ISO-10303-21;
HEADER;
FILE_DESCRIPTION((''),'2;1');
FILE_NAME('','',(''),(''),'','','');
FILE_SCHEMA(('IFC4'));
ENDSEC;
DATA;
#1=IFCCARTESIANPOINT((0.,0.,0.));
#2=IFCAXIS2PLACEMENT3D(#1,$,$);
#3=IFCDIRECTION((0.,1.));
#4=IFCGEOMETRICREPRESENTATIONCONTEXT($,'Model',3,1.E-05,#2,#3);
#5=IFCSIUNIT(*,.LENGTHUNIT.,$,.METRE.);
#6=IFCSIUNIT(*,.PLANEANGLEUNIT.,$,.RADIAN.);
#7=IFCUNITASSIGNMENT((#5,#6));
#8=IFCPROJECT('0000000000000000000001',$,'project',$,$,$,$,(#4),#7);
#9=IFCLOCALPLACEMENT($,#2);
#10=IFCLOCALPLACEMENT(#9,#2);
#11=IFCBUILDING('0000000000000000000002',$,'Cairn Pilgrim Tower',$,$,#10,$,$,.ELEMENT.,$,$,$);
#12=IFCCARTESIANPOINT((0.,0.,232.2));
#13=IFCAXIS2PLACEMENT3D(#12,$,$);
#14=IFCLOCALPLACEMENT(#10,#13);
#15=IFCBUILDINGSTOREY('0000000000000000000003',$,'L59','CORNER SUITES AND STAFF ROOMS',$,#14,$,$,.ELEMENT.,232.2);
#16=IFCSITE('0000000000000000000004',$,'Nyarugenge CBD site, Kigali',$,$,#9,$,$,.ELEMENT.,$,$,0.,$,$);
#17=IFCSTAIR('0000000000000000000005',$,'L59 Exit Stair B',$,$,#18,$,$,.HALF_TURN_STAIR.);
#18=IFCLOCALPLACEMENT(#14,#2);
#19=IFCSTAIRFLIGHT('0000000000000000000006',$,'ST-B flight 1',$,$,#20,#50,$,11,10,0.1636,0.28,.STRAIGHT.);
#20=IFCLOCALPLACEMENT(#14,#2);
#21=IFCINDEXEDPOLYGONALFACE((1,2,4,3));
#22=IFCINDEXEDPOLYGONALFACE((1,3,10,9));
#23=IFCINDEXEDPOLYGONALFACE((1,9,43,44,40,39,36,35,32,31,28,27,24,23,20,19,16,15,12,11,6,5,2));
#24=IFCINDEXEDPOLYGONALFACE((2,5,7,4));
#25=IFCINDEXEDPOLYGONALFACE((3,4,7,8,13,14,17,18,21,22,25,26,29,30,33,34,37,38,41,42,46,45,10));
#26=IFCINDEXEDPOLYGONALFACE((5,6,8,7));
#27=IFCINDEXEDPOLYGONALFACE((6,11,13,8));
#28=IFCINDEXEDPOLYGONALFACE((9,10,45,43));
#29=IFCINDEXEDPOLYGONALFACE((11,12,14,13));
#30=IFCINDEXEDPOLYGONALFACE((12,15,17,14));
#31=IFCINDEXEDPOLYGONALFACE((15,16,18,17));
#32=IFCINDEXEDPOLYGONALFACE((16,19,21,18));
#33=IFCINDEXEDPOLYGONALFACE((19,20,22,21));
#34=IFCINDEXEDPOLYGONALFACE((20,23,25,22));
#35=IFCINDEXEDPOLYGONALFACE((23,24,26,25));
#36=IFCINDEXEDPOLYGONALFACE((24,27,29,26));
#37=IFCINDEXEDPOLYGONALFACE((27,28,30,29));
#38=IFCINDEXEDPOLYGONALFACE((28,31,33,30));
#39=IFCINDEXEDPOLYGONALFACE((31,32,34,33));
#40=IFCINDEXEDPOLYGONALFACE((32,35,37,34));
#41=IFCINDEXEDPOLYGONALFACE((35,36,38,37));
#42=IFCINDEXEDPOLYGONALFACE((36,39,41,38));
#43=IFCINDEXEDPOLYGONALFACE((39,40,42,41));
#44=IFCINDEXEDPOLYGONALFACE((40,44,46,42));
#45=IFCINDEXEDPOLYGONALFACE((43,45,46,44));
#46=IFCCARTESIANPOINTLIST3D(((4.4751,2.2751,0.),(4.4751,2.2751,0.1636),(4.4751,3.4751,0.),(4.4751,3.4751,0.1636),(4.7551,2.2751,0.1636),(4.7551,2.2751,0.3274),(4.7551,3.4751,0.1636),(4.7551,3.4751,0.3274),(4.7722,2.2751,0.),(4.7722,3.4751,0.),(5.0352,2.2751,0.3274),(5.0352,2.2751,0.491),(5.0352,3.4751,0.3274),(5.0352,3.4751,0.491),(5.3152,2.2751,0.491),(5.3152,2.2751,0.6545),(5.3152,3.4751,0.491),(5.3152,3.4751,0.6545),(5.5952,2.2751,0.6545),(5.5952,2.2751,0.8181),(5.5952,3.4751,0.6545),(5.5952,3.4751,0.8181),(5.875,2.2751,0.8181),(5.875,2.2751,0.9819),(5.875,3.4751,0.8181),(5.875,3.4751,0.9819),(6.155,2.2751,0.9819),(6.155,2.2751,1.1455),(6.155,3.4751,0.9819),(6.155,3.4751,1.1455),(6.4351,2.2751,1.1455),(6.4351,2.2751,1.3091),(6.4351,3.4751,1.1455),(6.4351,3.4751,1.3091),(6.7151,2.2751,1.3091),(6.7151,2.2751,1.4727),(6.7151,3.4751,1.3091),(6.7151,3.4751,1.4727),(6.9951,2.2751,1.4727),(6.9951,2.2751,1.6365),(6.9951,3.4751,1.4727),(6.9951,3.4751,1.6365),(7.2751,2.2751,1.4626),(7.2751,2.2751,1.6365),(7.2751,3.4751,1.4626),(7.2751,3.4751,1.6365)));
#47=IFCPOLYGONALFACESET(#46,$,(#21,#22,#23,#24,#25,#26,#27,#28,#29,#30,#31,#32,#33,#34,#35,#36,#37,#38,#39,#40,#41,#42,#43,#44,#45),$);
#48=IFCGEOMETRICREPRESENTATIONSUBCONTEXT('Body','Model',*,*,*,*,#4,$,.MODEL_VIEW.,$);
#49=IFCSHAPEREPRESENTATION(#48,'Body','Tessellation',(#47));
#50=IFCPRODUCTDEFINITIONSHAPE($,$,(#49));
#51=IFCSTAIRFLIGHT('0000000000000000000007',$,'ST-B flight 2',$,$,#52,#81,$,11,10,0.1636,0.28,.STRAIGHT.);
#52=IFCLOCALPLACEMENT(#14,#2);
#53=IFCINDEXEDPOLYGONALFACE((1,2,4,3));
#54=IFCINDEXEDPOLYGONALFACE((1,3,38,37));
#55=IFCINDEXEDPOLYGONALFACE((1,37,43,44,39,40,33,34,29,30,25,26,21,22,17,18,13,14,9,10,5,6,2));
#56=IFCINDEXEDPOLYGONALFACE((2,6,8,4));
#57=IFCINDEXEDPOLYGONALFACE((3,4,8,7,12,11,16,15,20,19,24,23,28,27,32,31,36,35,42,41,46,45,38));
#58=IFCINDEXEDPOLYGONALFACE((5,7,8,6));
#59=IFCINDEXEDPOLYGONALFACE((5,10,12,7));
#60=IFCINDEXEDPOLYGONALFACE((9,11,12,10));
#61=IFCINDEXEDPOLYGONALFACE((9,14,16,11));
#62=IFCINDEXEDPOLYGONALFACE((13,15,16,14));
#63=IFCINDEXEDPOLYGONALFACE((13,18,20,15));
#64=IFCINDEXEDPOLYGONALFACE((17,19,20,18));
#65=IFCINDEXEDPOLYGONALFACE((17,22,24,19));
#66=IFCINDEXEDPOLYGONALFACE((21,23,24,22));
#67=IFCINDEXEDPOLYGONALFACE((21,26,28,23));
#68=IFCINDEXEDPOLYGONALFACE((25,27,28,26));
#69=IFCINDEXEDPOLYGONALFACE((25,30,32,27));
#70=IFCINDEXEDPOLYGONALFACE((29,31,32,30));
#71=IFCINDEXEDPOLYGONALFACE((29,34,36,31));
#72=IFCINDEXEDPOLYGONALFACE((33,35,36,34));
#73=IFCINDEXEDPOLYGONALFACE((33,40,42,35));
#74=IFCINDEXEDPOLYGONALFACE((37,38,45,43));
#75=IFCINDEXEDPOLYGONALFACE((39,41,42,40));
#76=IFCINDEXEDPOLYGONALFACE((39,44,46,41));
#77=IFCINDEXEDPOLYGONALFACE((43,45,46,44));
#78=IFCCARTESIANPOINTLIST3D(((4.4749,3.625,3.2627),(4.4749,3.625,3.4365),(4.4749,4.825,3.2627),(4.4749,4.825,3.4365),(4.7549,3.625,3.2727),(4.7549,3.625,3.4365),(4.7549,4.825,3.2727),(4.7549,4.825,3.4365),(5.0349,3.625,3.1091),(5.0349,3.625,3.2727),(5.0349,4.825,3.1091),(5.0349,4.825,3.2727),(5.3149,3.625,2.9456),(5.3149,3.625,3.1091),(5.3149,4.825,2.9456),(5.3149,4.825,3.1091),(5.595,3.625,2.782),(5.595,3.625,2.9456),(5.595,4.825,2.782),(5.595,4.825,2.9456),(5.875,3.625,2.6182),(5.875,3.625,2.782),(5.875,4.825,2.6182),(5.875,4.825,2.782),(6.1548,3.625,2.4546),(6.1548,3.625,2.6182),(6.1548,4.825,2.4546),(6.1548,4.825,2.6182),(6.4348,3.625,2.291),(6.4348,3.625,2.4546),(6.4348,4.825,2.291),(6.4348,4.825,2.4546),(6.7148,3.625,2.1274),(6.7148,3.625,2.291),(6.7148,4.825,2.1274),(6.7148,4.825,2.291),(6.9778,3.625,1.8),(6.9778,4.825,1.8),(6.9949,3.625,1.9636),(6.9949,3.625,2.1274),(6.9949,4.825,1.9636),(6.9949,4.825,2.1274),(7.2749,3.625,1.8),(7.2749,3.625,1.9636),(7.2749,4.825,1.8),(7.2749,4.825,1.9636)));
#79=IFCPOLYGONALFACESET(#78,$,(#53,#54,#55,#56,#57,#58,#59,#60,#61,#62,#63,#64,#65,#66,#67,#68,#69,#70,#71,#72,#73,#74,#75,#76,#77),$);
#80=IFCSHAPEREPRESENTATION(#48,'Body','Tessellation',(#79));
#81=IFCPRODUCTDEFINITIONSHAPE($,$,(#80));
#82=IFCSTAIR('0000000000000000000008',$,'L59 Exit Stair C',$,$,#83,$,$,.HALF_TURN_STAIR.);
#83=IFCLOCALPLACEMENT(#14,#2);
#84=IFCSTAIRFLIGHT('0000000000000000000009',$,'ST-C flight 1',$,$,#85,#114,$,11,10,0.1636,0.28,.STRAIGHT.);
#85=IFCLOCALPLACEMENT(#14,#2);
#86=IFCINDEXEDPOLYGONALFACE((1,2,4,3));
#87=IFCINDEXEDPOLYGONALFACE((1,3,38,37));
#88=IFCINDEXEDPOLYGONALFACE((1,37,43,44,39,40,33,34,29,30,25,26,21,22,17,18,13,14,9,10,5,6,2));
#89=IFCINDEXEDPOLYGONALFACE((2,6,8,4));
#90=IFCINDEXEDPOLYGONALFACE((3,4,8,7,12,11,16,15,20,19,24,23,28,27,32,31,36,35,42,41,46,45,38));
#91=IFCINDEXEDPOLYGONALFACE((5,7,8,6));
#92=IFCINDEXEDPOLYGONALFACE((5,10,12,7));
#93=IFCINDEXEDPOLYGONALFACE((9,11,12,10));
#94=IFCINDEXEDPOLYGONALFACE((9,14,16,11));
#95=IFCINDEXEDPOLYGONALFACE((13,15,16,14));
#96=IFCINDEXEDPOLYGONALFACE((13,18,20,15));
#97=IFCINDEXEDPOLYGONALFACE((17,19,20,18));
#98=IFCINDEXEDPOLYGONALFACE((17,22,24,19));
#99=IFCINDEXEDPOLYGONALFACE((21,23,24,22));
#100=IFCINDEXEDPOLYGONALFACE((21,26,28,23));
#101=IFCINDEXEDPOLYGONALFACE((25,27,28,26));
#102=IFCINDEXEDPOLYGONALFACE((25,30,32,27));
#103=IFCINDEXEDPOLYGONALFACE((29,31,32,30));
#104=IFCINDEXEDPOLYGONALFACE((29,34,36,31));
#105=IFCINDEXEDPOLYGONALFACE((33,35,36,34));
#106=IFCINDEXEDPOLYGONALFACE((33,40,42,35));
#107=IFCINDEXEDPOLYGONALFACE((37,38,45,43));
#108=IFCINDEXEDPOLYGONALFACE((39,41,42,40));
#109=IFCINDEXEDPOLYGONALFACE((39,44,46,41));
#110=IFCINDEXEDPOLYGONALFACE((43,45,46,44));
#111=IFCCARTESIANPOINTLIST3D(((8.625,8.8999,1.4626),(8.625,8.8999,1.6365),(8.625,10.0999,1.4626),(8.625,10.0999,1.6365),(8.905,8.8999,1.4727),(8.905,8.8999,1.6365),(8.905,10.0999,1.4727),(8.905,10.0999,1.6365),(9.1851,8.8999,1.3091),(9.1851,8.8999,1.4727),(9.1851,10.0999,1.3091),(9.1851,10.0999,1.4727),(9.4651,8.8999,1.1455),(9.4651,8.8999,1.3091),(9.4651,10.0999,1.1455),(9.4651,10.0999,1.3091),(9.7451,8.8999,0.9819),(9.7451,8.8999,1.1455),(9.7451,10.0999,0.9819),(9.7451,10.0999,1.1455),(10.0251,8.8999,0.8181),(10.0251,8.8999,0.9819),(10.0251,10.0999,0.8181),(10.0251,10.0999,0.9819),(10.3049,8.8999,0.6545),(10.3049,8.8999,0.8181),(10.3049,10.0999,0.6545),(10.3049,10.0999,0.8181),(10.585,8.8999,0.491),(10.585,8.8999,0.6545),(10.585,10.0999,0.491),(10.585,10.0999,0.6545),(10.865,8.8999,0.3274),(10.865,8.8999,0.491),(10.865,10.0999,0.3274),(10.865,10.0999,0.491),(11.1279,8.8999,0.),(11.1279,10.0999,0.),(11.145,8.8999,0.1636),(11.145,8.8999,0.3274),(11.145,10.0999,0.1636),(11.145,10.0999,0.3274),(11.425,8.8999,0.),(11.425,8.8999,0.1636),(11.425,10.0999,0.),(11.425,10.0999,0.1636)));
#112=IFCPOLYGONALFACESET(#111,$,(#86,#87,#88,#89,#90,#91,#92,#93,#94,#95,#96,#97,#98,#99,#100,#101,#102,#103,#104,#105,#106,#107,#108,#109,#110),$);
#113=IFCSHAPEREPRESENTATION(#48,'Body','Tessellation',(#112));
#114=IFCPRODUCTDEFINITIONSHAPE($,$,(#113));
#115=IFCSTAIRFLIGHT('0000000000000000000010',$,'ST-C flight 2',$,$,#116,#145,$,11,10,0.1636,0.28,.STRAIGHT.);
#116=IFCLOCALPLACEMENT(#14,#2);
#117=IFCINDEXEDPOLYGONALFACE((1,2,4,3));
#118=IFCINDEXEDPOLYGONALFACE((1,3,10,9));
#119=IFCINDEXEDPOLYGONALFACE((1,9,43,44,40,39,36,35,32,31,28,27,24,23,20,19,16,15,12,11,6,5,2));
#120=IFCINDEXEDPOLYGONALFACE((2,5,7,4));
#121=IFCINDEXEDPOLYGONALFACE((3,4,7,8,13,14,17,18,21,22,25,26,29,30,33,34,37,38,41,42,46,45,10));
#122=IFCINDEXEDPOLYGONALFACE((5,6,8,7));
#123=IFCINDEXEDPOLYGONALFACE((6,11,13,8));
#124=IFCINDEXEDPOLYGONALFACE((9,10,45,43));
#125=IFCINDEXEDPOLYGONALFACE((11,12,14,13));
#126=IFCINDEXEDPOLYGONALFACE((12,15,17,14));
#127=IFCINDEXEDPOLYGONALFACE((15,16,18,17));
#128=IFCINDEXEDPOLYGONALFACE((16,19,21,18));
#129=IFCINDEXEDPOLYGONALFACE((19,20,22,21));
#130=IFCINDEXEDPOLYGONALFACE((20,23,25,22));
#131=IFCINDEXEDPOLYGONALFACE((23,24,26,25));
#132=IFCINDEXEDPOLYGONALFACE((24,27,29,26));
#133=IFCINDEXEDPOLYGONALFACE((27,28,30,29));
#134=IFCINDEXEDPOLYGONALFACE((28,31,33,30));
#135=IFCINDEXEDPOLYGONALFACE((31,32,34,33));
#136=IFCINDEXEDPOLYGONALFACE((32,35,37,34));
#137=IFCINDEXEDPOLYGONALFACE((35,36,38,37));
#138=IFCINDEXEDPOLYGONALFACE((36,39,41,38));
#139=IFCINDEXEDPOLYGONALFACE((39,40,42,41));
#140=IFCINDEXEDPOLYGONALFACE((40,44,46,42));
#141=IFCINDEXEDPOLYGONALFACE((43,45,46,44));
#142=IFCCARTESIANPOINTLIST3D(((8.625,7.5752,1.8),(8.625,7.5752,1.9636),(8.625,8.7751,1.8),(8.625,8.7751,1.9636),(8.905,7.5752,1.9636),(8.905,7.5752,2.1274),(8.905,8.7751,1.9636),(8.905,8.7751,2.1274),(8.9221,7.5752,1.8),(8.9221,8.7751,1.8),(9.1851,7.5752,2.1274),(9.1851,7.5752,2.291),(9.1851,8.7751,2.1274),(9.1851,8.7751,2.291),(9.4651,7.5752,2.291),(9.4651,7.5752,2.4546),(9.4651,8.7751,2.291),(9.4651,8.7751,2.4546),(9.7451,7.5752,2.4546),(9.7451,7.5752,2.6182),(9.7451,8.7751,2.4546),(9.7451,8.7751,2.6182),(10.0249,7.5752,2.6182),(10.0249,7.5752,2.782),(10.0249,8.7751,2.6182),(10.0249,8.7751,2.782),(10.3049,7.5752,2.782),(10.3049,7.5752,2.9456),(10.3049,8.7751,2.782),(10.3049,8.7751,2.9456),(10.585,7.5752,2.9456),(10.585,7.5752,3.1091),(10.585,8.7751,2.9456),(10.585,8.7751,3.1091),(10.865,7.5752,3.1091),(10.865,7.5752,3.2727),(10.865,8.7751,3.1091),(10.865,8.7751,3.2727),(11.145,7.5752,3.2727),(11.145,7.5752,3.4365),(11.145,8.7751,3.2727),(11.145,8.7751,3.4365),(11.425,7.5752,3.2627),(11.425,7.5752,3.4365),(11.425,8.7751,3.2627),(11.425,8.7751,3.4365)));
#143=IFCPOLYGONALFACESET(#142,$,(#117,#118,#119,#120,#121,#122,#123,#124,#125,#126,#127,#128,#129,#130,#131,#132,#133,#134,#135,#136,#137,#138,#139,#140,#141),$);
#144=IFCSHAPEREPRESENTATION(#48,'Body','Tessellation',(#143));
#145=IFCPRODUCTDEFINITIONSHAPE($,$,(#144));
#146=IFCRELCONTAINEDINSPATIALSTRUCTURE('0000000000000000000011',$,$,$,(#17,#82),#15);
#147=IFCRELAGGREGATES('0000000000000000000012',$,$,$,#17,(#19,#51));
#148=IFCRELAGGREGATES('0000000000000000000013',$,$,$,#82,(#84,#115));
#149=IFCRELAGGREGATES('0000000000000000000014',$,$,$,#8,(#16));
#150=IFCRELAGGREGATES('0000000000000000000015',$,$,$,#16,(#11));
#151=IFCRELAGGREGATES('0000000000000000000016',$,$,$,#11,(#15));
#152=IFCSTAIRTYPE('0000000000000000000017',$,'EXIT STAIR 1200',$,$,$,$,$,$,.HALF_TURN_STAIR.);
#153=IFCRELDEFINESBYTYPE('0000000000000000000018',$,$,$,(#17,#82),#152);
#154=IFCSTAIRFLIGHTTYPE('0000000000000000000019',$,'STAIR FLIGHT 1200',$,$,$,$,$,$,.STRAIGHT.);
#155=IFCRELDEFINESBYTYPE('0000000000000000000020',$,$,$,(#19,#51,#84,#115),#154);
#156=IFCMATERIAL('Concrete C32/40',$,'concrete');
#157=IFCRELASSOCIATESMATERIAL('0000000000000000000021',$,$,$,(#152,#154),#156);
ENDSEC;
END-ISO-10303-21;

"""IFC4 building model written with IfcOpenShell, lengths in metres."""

from ifc_helpers import new_model, si_unit, direction, frame, origin, place, context, subcontext, project, spatial, polyline, outline, extrude, material, type_object, element, aggregate, save


model = new_model("IFC4")

# Units and contexts
model_context = context("Model", 3, precision=1e-05, world=origin(), true_north=direction((0.0, 1.0)))
body_context = subcontext(model_context, "Body", "Model", "MODEL_VIEW")
ifc_project = project(units=[si_unit("LENGTHUNIT", "METRE"), si_unit("PLANEANGLEUNIT", "RADIAN")], contexts=[model_context])

# Site, building, storey
site_placement = place(None, origin())
site = spatial("IfcSite", under=ifc_project, at=site_placement, Name="Nyarugenge CBD site, Kigali", CompositionType="ELEMENT", RefElevation=0.0)
building_placement = place(site_placement, origin())
building = spatial("IfcBuilding", under=site, at=building_placement, Name="Cairn Pilgrim Tower", CompositionType="ELEMENT")
storey_placement = place(building_placement, frame((0.0, 0.0, 232.2)))
storey = spatial("IfcBuildingStorey", under=building, at=storey_placement, Name="L59", Description="CORNER SUITES AND STAFF ROOMS", CompositionType="ELEMENT", Elevation=232.2)

# Shared definitions
ifc_material_1 = material(Name="Concrete C32/40", Category="concrete")

# Stairs, stair flights
stair_type = type_object("IfcStairType", Name="EXIT STAIR 1200", PredefinedType="HALF_TURN_STAIR", material=ifc_material_1)
stair_1_placement = place(storey_placement, origin())
stair_1 = element("IfcStair", 1, at=stair_1_placement, inside=storey, type_object=stair_type, Name="L59 Exit Stair B", PredefinedType="HALF_TURN_STAIR")
stair_flight_type = type_object("IfcStairFlightType", Name="STAIR FLIGHT 1200", PredefinedType="STRAIGHT", material=ifc_material_1)
stair_flight_1_placement = place(storey_placement, frame((4.4751, 2.875, 0.0), z_axis=(0.0, 0.0, 1.0), x_axis=(1.0, 0.0, 0.0)))
stair_flight_1 = element("IfcStairFlight", 2, at=stair_flight_1_placement, type_object=stair_flight_type, Name="ST-B flight 1", NumberOfRisers=11, NumberOfTreads=10, PredefinedType="STRAIGHT", RiserHeight=0.1636, TreadLength=0.28, context=body_context, shape_type="SweptSolid", body=[
    extrude(outline(polyline([(0.0, 0.0), (0.0, 0.1636), (0.28, 0.1636), (0.28, 0.3274), (0.5601, 0.3274), (0.5601, 0.491), (0.8401, 0.491), (0.8401, 0.6545), (1.1201, 0.6545), (1.1201, 0.8181), (1.3999, 0.8181), (1.3999, 0.9819), (1.6799, 0.9819), (1.6799, 1.1455), (1.96, 1.1455), (1.96, 1.3091), (2.24, 1.3091), (2.24, 1.4727), (2.52, 1.4727), (2.52, 1.6365), (2.8, 1.6365), (2.8, 1.8), (2.8, 1.4626), (0.2971, 0.0), (0.0, 0.0)])), frame((0.0, 0.6001, 0.0), z_axis=(0.0, -1.0, 0.0), x_axis=(1.0, 0.0, 0.0)), (0.0, 0.0, 1.0), 1.2),
])
stair_flight_2_placement = place(storey_placement, frame((7.2749, 4.2251, 1.8), z_axis=(0.0, 0.0, 1.0), x_axis=(-1.0, 0.0, 0.0)))
stair_flight_2 = element("IfcStairFlight", 3, at=stair_flight_2_placement, type_object=stair_flight_type, Name="ST-B flight 2", NumberOfRisers=11, NumberOfTreads=10, PredefinedType="STRAIGHT", RiserHeight=0.1636, TreadLength=0.28, context=body_context, shape_type="SweptSolid", body=[
    extrude(outline(polyline([(0.0, 0.0), (0.0, 0.1636), (0.28, 0.1636), (0.28, 0.3274), (0.5601, 0.3274), (0.5601, 0.491), (0.8401, 0.491), (0.8401, 0.6545), (1.1201, 0.6545), (1.1201, 0.8181), (1.3999, 0.8181), (1.3999, 0.9819), (1.6799, 0.9819), (1.6799, 1.1455), (1.96, 1.1455), (1.96, 1.3091), (2.24, 1.3091), (2.24, 1.4727), (2.52, 1.4727), (2.52, 1.6365), (2.8, 1.6365), (2.8, 1.8), (2.8, 1.4626), (0.2971, 0.0), (0.0, 0.0)])), frame((0.0, 0.6001, 0.0), z_axis=(0.0, -1.0, 0.0), x_axis=(1.0, 0.0, 0.0)), (0.0, 0.0, 1.0), 1.2),
])
aggregate(stair_1, [stair_flight_1, stair_flight_2])
stair_2_placement = place(storey_placement, origin())
stair_2 = element("IfcStair", 4, at=stair_2_placement, inside=storey, type_object=stair_type, Name="L59 Exit Stair C", PredefinedType="HALF_TURN_STAIR")
stair_flight_3_placement = place(storey_placement, frame((11.425, 9.5, 0.0), z_axis=(0.0, 0.0, 1.0), x_axis=(-1.0, 0.0, 0.0)))
stair_flight_3 = element("IfcStairFlight", 5, at=stair_flight_3_placement, type_object=stair_flight_type, Name="ST-C flight 1", NumberOfRisers=11, NumberOfTreads=10, PredefinedType="STRAIGHT", RiserHeight=0.1636, TreadLength=0.28, context=body_context, shape_type="SweptSolid", body=[
    extrude(outline(polyline([(0.0, 0.0), (0.0, 0.1636), (0.28, 0.1636), (0.28, 0.3274), (0.5601, 0.3274), (0.5601, 0.491), (0.8401, 0.491), (0.8401, 0.6545), (1.1201, 0.6545), (1.1201, 0.8181), (1.3999, 0.8181), (1.3999, 0.9819), (1.6799, 0.9819), (1.6799, 1.1455), (1.96, 1.1455), (1.96, 1.3091), (2.24, 1.3091), (2.24, 1.4727), (2.52, 1.4727), (2.52, 1.6365), (2.8, 1.6365), (2.8, 1.8), (2.8, 1.4626), (0.2971, 0.0), (0.0, 0.0)])), frame((0.0, 0.6001, 0.0), z_axis=(0.0, -1.0, 0.0), x_axis=(1.0, 0.0, 0.0)), (0.0, 0.0, 1.0), 1.2),
])
stair_flight_4_placement = place(storey_placement, frame((8.625, 8.175, 1.8), z_axis=(0.0, 0.0, 1.0), x_axis=(1.0, 0.0, 0.0)))
stair_flight_4 = element("IfcStairFlight", 6, at=stair_flight_4_placement, type_object=stair_flight_type, Name="ST-C flight 2", NumberOfRisers=11, NumberOfTreads=10, PredefinedType="STRAIGHT", RiserHeight=0.1636, TreadLength=0.28, context=body_context, shape_type="SweptSolid", body=[
    extrude(outline(polyline([(0.0, 0.0), (0.0, 0.1636), (0.28, 0.1636), (0.28, 0.3274), (0.5601, 0.3274), (0.5601, 0.491), (0.8401, 0.491), (0.8401, 0.6545), (1.1201, 0.6545), (1.1201, 0.8181), (1.3999, 0.8181), (1.3999, 0.9819), (1.6799, 0.9819), (1.6799, 1.1455), (1.96, 1.1455), (1.96, 1.3091), (2.24, 1.3091), (2.24, 1.4727), (2.52, 1.4727), (2.52, 1.6365), (2.8, 1.6365), (2.8, 1.8), (2.8, 1.4626), (0.2971, 0.0), (0.0, 0.0)])), frame((0.0, 0.6001, 0.0), z_axis=(0.0, -1.0, 0.0), x_axis=(1.0, 0.0, 0.0)), (0.0, 0.0, 1.0), 1.2),
])
aggregate(stair_2, [stair_flight_3, stair_flight_4])

save(model, "model.ifc")
